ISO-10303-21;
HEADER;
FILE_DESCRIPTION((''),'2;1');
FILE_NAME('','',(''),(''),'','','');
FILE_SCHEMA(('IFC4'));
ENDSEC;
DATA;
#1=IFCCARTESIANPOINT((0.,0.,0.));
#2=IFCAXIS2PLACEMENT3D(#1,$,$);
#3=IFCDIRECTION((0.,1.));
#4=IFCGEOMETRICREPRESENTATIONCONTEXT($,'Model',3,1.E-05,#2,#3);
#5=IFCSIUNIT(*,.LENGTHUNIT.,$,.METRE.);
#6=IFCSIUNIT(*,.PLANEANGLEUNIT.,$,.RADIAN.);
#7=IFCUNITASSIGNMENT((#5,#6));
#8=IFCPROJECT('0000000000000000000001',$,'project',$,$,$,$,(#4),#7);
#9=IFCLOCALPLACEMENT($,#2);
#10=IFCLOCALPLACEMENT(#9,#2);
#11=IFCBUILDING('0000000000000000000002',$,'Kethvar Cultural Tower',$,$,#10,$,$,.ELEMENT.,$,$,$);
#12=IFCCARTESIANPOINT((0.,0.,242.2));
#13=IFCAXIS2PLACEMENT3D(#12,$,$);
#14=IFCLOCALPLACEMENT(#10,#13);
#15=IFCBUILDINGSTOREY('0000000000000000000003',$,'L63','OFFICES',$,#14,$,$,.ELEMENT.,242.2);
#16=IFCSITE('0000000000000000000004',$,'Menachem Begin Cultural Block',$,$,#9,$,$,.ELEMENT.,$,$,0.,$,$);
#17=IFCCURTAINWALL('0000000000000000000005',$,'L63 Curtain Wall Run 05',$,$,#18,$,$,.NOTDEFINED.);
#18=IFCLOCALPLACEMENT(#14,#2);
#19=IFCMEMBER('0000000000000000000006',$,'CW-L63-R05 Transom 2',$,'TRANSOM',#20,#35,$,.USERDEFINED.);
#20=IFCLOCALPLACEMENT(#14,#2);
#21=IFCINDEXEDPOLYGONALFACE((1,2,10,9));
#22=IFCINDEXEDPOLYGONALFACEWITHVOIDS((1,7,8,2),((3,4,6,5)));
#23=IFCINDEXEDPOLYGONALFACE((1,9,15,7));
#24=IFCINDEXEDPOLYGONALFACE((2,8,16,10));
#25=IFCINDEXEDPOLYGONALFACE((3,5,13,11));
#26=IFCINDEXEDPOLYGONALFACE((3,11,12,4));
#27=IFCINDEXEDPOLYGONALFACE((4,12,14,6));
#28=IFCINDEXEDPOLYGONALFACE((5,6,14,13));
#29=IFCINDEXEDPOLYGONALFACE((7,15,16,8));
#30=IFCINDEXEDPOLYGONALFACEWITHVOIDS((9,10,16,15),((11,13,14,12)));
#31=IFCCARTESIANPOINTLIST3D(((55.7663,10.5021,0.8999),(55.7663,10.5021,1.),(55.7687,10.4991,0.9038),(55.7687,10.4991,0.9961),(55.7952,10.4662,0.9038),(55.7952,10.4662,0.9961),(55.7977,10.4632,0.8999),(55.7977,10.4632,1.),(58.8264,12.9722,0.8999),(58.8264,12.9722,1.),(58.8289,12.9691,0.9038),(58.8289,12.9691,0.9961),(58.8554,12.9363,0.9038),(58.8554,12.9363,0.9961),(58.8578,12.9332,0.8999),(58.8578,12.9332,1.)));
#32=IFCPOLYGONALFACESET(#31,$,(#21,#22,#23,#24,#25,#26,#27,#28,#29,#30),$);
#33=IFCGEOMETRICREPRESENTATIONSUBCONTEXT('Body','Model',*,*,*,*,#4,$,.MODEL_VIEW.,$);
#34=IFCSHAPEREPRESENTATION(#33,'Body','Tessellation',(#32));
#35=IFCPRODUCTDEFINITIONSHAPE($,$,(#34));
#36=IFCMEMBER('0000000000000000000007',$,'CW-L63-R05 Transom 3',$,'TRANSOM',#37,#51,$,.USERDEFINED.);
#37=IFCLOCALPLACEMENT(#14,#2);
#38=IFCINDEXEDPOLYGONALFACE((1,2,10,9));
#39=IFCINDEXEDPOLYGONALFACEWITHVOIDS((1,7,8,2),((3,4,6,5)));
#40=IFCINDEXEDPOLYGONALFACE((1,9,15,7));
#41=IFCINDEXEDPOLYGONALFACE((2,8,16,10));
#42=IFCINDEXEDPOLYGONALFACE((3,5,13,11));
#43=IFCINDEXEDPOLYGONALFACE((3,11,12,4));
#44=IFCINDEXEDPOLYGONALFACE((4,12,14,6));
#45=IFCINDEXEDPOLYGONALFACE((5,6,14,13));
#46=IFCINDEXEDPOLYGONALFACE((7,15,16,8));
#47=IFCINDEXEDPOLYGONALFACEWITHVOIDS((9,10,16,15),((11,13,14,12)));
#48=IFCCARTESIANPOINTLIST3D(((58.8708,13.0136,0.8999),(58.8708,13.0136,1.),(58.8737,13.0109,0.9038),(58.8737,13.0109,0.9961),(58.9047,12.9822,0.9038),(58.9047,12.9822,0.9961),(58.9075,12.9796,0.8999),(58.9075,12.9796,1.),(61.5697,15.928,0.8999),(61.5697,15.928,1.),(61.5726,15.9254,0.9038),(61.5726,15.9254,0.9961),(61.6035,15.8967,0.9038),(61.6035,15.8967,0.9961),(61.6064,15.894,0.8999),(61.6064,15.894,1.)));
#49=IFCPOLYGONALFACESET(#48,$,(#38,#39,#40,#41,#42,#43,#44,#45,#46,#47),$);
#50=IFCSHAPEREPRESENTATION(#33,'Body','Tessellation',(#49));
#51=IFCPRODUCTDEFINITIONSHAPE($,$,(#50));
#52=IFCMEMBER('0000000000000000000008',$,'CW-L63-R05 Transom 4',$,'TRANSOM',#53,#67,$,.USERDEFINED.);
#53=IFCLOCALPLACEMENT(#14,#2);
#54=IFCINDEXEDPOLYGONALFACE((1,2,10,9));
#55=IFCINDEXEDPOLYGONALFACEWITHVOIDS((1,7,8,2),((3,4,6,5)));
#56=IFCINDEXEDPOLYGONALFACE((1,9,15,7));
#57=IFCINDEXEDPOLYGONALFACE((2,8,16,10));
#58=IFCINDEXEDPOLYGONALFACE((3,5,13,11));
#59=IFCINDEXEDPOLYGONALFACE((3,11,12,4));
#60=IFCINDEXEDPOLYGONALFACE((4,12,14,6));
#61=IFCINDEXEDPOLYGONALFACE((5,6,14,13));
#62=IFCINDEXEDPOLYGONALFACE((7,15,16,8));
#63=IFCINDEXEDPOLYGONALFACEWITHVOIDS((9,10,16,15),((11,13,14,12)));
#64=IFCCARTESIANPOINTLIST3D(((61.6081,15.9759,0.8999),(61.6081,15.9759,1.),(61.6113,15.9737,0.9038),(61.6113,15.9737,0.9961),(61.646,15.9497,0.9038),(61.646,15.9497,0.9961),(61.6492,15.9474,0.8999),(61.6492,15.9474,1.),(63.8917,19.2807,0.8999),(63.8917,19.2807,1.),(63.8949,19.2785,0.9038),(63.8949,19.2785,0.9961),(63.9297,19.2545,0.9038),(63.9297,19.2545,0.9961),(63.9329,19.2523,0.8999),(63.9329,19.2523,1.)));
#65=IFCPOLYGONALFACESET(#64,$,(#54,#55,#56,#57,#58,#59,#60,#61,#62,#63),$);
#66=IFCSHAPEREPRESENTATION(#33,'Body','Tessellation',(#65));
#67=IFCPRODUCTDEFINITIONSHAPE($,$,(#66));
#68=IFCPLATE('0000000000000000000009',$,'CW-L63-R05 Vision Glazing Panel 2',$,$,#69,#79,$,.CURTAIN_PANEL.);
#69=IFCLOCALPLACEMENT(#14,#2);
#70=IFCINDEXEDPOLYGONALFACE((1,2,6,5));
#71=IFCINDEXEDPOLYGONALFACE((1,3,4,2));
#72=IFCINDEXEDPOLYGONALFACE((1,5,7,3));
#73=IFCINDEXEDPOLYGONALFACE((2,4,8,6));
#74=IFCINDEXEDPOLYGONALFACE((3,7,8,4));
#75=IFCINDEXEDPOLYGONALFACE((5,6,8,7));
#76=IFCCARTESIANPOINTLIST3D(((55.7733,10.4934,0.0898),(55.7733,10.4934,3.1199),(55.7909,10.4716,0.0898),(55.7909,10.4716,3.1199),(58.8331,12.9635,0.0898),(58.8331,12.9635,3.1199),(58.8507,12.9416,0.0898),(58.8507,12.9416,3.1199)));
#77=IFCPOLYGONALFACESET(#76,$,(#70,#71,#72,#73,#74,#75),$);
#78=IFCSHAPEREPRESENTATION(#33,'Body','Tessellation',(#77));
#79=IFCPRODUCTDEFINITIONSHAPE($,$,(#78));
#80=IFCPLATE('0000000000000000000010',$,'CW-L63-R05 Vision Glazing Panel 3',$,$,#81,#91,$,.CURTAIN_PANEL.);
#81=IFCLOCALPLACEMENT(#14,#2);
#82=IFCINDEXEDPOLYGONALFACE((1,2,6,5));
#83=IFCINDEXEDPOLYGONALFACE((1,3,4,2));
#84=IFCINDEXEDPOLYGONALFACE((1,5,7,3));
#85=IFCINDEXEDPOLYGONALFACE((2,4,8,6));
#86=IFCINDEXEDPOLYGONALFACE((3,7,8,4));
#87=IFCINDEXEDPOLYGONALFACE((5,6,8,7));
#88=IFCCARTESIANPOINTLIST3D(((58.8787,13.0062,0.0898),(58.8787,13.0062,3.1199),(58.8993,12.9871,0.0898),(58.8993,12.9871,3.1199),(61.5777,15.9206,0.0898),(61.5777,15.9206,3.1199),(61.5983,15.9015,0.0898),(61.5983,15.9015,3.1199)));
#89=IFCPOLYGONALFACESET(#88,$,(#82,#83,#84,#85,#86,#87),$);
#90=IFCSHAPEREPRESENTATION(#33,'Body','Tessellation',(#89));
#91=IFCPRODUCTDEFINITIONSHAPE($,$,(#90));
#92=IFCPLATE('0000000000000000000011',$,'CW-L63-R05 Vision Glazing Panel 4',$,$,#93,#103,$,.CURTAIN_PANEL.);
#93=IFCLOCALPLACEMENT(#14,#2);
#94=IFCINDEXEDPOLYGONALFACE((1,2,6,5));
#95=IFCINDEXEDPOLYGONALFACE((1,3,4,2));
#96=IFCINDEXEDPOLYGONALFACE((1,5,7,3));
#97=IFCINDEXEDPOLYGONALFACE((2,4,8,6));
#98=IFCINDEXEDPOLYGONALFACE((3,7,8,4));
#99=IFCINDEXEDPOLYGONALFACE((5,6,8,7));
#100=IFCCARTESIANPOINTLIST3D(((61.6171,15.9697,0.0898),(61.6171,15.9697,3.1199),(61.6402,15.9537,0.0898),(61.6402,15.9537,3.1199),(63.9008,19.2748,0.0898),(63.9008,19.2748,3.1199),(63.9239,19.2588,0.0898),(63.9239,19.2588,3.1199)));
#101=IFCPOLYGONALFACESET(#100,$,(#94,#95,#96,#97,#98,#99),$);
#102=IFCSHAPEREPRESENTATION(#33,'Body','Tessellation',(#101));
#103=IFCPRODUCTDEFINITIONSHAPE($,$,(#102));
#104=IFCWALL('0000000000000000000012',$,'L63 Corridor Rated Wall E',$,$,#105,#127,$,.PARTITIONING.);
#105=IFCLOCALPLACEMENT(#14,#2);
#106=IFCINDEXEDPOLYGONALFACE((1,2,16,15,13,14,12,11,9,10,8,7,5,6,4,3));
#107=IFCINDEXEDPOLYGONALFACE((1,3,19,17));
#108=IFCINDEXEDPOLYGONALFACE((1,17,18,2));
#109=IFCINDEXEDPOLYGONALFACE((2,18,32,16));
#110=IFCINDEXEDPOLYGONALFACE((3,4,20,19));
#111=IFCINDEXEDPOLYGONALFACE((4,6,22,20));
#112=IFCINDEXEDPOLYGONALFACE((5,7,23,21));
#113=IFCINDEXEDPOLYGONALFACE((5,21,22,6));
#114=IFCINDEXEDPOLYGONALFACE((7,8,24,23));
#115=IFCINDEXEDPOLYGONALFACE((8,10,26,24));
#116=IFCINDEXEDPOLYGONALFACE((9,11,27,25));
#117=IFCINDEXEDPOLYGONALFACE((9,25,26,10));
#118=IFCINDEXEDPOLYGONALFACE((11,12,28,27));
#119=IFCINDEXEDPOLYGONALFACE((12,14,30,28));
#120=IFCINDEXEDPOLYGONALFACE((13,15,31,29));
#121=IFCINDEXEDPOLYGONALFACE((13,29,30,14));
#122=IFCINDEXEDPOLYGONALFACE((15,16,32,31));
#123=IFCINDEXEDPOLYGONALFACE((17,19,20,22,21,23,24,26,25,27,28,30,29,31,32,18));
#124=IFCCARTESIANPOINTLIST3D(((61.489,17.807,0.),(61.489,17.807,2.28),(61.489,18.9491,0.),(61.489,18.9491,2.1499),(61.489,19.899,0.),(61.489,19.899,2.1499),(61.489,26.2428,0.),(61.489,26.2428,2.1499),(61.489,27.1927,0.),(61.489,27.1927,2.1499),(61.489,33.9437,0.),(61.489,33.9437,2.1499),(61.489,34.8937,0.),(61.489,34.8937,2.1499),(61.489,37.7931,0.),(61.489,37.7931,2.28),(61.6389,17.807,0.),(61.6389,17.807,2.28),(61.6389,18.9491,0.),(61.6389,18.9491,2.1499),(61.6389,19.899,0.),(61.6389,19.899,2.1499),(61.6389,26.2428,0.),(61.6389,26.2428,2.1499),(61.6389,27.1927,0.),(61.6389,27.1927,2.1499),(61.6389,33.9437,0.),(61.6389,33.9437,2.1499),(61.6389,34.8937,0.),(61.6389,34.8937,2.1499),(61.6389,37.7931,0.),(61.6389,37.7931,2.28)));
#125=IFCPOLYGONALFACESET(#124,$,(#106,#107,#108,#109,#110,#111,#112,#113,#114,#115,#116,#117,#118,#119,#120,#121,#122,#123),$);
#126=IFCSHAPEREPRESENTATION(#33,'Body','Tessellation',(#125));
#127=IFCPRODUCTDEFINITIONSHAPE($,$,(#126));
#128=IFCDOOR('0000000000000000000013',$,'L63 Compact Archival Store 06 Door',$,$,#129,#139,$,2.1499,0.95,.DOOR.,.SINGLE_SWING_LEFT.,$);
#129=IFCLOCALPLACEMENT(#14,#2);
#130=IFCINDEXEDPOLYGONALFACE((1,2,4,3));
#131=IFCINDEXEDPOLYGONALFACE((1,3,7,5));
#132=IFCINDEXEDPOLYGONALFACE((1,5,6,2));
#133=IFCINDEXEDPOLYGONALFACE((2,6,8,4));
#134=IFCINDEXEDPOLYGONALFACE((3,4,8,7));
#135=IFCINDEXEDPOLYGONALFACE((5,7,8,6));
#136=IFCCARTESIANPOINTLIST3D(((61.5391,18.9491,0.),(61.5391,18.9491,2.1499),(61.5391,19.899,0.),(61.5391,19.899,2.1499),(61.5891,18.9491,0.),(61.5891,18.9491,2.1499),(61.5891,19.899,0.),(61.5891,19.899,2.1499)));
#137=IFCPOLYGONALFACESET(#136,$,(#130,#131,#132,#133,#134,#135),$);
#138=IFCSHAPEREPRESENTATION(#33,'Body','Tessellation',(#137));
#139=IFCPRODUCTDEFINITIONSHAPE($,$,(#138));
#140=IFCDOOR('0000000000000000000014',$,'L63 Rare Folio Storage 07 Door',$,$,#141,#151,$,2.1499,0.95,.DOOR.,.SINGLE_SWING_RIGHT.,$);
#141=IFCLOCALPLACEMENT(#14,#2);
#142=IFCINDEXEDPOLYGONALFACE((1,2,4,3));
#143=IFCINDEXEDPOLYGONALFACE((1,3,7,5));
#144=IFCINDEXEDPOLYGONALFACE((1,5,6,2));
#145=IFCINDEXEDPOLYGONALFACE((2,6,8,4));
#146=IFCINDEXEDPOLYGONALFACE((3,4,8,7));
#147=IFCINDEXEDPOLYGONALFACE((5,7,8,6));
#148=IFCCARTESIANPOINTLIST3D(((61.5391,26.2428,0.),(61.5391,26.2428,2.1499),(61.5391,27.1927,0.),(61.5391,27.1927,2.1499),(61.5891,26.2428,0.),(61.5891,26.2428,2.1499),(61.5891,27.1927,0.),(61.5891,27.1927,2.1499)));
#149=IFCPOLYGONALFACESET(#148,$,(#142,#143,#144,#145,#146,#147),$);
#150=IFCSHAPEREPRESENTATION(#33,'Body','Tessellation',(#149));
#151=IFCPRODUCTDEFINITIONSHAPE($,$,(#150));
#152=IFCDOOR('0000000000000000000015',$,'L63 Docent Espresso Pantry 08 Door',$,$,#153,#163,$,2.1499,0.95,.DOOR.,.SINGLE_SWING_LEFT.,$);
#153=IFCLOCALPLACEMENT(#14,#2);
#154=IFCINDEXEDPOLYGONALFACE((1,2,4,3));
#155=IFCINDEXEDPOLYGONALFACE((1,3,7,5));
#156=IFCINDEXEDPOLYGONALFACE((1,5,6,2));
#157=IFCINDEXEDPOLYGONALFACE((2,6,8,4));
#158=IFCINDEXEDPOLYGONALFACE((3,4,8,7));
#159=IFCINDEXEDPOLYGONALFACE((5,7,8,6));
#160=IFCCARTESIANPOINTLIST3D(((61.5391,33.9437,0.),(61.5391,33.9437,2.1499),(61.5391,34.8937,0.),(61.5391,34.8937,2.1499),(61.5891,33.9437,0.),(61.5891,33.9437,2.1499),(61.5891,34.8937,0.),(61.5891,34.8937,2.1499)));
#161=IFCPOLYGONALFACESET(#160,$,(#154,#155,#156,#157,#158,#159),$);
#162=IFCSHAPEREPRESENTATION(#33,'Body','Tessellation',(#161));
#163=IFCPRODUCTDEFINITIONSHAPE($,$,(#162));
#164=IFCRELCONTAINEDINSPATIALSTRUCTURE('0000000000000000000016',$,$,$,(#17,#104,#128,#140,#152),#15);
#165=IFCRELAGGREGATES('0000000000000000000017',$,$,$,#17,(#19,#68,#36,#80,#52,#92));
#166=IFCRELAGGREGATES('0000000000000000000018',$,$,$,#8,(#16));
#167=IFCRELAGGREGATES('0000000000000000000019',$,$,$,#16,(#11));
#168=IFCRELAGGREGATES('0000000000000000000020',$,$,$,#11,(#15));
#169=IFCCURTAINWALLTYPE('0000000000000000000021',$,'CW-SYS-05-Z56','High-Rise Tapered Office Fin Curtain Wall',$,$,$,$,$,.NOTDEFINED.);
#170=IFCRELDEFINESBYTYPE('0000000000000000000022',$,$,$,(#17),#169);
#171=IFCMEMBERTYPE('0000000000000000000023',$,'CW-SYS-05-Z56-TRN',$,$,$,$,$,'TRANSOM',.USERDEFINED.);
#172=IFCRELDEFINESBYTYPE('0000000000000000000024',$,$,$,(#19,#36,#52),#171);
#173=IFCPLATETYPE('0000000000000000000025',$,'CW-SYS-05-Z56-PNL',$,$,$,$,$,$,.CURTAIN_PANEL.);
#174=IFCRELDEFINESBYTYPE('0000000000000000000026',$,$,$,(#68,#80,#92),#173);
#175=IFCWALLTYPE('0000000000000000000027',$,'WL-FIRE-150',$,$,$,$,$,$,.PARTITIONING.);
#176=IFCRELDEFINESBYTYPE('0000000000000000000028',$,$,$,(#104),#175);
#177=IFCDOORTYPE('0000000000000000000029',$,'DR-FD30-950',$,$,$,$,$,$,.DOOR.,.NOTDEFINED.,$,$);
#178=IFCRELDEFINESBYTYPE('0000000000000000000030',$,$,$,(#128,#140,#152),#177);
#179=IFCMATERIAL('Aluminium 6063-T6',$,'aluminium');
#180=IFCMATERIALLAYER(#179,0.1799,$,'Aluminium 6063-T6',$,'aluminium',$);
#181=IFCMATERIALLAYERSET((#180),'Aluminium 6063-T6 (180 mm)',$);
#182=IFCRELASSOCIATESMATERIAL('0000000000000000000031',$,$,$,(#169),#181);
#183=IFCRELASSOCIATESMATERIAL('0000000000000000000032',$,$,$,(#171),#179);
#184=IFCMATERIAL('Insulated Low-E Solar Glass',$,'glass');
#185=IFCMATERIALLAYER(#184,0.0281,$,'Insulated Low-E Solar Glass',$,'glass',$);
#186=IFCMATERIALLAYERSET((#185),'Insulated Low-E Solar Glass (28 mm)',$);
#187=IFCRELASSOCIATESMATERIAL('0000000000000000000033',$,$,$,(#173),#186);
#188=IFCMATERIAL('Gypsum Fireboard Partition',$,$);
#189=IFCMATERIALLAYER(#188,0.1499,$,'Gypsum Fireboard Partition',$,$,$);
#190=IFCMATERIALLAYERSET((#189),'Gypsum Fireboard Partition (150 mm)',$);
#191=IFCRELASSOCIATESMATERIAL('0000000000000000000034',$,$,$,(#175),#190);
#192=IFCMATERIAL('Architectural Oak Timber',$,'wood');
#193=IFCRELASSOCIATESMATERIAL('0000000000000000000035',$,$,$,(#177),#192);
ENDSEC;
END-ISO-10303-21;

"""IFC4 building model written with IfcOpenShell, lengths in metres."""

from ifc_helpers import new_model, si_unit, direction, frame, frame_2d, origin, origin_2d, place, context, subcontext, project, spatial, rectangle, hollow_rectangle, extrude, source, transform, mapped, material, layer, layer_set, material_profile, profile_set, type_object, element, fill, aggregate, save


model = new_model("IFC4")

# Units and contexts
model_context = context("Model", 3, precision=1e-05, world=origin(), true_north=direction((0.0, 1.0)))
body_context = subcontext(model_context, "Body", "Model", "MODEL_VIEW")
ifc_project = project(units=[si_unit("LENGTHUNIT", "METRE"), si_unit("PLANEANGLEUNIT", "RADIAN")], contexts=[model_context])

# Site, building, storey
site_placement = place(None, origin())
site = spatial("IfcSite", under=ifc_project, at=site_placement, Name="Menachem Begin Cultural Block", CompositionType="ELEMENT", RefElevation=0.0)
building_placement = place(site_placement, origin())
building = spatial("IfcBuilding", under=site, at=building_placement, Name="Kethvar Cultural Tower", CompositionType="ELEMENT")
storey_placement = place(building_placement, frame((0.0, 0.0, 242.2)))
storey = spatial("IfcBuildingStorey", under=building, at=storey_placement, Name="L63", Description="OFFICES", CompositionType="ELEMENT", Elevation=242.2)

# Curtain wall, members, plates
ifc_material_1 = material(Name="Aluminium 6063-T6", Category="aluminium")
ifc_layer_1 = layer(ifc_material_1, 0.1799, Name="Aluminium 6063-T6", Category="aluminium")
ifc_layer_set_1 = layer_set([ifc_layer_1], Name="Aluminium 6063-T6 (180 mm)")
curtain_wall_type = type_object("IfcCurtainWallType", Name="CW-SYS-05-Z56", Description="High-Rise Tapered Office Fin Curtain Wall", PredefinedType="NOTDEFINED", material=ifc_layer_set_1)
curtain_wall_placement = place(storey_placement, origin())
curtain_wall = element("IfcCurtainWall", 1, at=curtain_wall_placement, inside=storey, type_object=curtain_wall_type, Name="L63 Curtain Wall Run 05", PredefinedType="NOTDEFINED")
ifc_material_profile_1 = material_profile(ifc_material_1, hollow_rectangle(XDim=0.05, YDim=0.1001, WallThickness=0.0039, at=origin_2d()), Name="Aluminium 6063-T6 — RHS100x50x4")
ifc_profile_set_1 = profile_set([ifc_material_profile_1], Name="Aluminium 6063-T6 — RHS100x50x4")
member_type_1 = type_object("IfcMemberType", Name="CW-SYS-05-Z56-TRN", ElementType="TRANSOM", PredefinedType="USERDEFINED", material=ifc_profile_set_1)
shared_shape_1 = source(origin(), body_context, "Body", "SweptSolid", [
    extrude(hollow_rectangle(XDim=0.05, YDim=0.1001, WallThickness=0.0039, at=origin_2d()), origin(), (0.0, 0.0, 1.0), 3.9326),
])
member_1_placement = place(storey_placement, frame((55.782, 10.4827, 0.95), z_axis=(0.778142, 0.628089, 0.0), x_axis=(-0.628089, 0.778142, 0.0)))
member_1 = element("IfcMember", 2, at=member_1_placement, type_object=member_type_1, Name="CW-L63-R05 Transom 2", ObjectType="TRANSOM", PredefinedType="USERDEFINED", context=body_context, shape_type="MappedRepresentation", body=[
    mapped(shared_shape_1, transform((0.0, 0.0, 0.0), scale=1.0)),
])
shared_shape_2 = source(origin(), body_context, "Body", "SweptSolid", [
    extrude(hollow_rectangle(XDim=0.05, YDim=0.1001, WallThickness=0.0039, at=origin_2d()), origin(), (0.0, 0.0, 1.0), 3.9722),
])
member_2_placement = place(storey_placement, frame((58.8892, 12.9966, 0.95), z_axis=(0.679451, 0.733721, 0.0), x_axis=(-0.733721, 0.679451, 0.0)))
member_2 = element("IfcMember", 3, at=member_2_placement, type_object=member_type_1, Name="CW-L63-R05 Transom 3", ObjectType="TRANSOM", PredefinedType="USERDEFINED", context=body_context, shape_type="MappedRepresentation", body=[
    mapped(shared_shape_2, transform((0.0, 0.0, 0.0), scale=1.0)),
])
shared_shape_3 = source(origin(), body_context, "Body", "SweptSolid", [
    extrude(hollow_rectangle(XDim=0.05, YDim=0.1001, WallThickness=0.0039, at=origin_2d()), origin(), (0.0, 0.0, 1.0), 4.0171),
])
member_3_placement = place(storey_placement, frame((61.6287, 15.9617, 0.95), z_axis=(0.56848, 0.822697, 0.0), x_axis=(-0.822697, 0.56848, 0.0)))
member_3 = element("IfcMember", 4, at=member_3_placement, type_object=member_type_1, Name="CW-L63-R05 Transom 4", ObjectType="TRANSOM", PredefinedType="USERDEFINED", context=body_context, shape_type="MappedRepresentation", body=[
    mapped(shared_shape_3, transform((0.0, 0.0, 0.0), scale=1.0)),
])
ifc_material_2 = material(Name="Insulated Low-E Solar Glass", Category="glass")
ifc_layer_2 = layer(ifc_material_2, 0.0281, Name="Insulated Low-E Solar Glass", Category="glass")
ifc_layer_set_2 = layer_set([ifc_layer_2], Name="Insulated Low-E Solar Glass (28 mm)")
plate_type = type_object("IfcPlateType", Name="CW-SYS-05-Z56-PNL", PredefinedType="CURTAIN_PANEL", material=ifc_layer_set_2)
shared_shape_4 = source(origin(), body_context, "Body", "SweptSolid", [
    extrude(rectangle(XDim=3.9324, YDim=0.0281, at=origin_2d()), origin(), (0.0, 0.0, 1.0), 3.03),
])
plate_1_placement = place(storey_placement, frame((57.312, 11.7175, 0.0898), z_axis=(0.0, 0.0, 1.0), x_axis=(0.778112, 0.628126, 0.0)))
plate_1 = element("IfcPlate", 5, at=plate_1_placement, type_object=plate_type, Name="CW-L63-R05 Vision Glazing Panel 2", PredefinedType="CURTAIN_PANEL", context=body_context, shape_type="MappedRepresentation", body=[
    mapped(shared_shape_4, transform((0.0, 0.0, 0.0), scale=1.0)),
])
shared_shape_5 = source(origin(), body_context, "Body", "SweptSolid", [
    extrude(rectangle(XDim=3.9722, YDim=0.0281, at=origin_2d()), origin(), (0.0, 0.0, 1.0), 3.03),
])
plate_2_placement = place(storey_placement, frame((60.2385, 14.4539, 0.0898), z_axis=(0.0, 0.0, 1.0), x_axis=(0.679467, 0.733706, 0.0)))
plate_2 = element("IfcPlate", 6, at=plate_2_placement, type_object=plate_type, Name="CW-L63-R05 Vision Glazing Panel 3", PredefinedType="CURTAIN_PANEL", context=body_context, shape_type="MappedRepresentation", body=[
    mapped(shared_shape_5, transform((0.0, 0.0, 0.0), scale=1.0)),
])
shared_shape_6 = source(origin(), body_context, "Body", "SweptSolid", [
    extrude(rectangle(XDim=4.0173, YDim=0.0281, at=origin_2d()), origin(), (0.0, 0.0, 1.0), 3.03),
])
plate_3_placement = place(storey_placement, frame((62.7705, 17.6143, 0.0898), z_axis=(0.0, 0.0, 1.0), x_axis=(0.568461, 0.82271, 0.0)))
plate_3 = element("IfcPlate", 7, at=plate_3_placement, type_object=plate_type, Name="CW-L63-R05 Vision Glazing Panel 4", PredefinedType="CURTAIN_PANEL", context=body_context, shape_type="MappedRepresentation", body=[
    mapped(shared_shape_6, transform((0.0, 0.0, 0.0), scale=1.0)),
])
aggregate(curtain_wall, [member_1, plate_1, member_2, plate_2, member_3, plate_3])

# Wall, openings, doors
ifc_material_3 = material(Name="Gypsum Fireboard Partition")
ifc_layer_3 = layer(ifc_material_3, 0.1499, Name="Gypsum Fireboard Partition")
ifc_layer_set_3 = layer_set([ifc_layer_3], Name="Gypsum Fireboard Partition (150 mm)")
wall_type_1 = type_object("IfcWallType", Name="WL-FIRE-150", PredefinedType="PARTITIONING", material=ifc_layer_set_3)
wall_1_placement = place(storey_placement, frame((61.564, 17.8069, 0.0), z_axis=(0.0, 0.0, 1.0), x_axis=(0.0, 1.0, 0.0)))
wall_1 = element("IfcWall", 8, at=wall_1_placement, inside=storey, type_object=wall_type_1, Name="L63 Corridor Rated Wall E", PredefinedType="PARTITIONING", context=body_context, shape_type="SweptSolid", body=[
    extrude(rectangle(XDim=19.9861, YDim=0.1499, at=frame_2d((9.9932, 0.0))), origin(), (0.0, 0.0, 1.0), 2.28),
])
opening_1_placement = place(wall_1_placement, frame((1.1421, 0.0, 0.0)))
opening_1 = element("IfcOpeningElement", 9, at=opening_1_placement, cuts=wall_1, PredefinedType="OPENING", context=body_context, shape_type="SweptSolid", body=[
    extrude(rectangle(XDim=0.95, YDim=2.1499, at=frame_2d((0.4751, 1.075))), frame((0.0, 0.085, 0.0), z_axis=(0.0, -1.0, 0.0), x_axis=(1.0, 0.0, 0.0)), (0.0, 0.0, 1.0), 0.1699),
])
opening_2_placement = place(wall_1_placement, frame((8.4358, 0.0, 0.0)))
opening_2 = element("IfcOpeningElement", 10, at=opening_2_placement, cuts=wall_1, PredefinedType="OPENING", context=body_context, shape_type="SweptSolid", body=[
    extrude(rectangle(XDim=0.95, YDim=2.1499, at=frame_2d((0.4751, 1.075))), frame((0.0, 0.085, 0.0), z_axis=(0.0, -1.0, 0.0), x_axis=(1.0, 0.0, 0.0)), (0.0, 0.0, 1.0), 0.1699),
])
opening_3_placement = place(wall_1_placement, frame((16.1367, 0.0, 0.0)))
opening_3 = element("IfcOpeningElement", 11, at=opening_3_placement, cuts=wall_1, PredefinedType="OPENING", context=body_context, shape_type="SweptSolid", body=[
    extrude(rectangle(XDim=0.95, YDim=2.1499, at=frame_2d((0.4751, 1.075))), frame((0.0, 0.085, 0.0), z_axis=(0.0, -1.0, 0.0), x_axis=(1.0, 0.0, 0.0)), (0.0, 0.0, 1.0), 0.1699),
])
ifc_material_4 = material(Name="Architectural Oak Timber", Category="wood")
door_type = type_object("IfcDoorType", Name="DR-FD30-950", OperationType="NOTDEFINED", PredefinedType="DOOR", material=ifc_material_4)
shared_shape_7 = source(origin(), body_context, "Body", "SweptSolid", [
    extrude(rectangle(XDim=0.95, YDim=2.1499, at=frame_2d((0.4751, 1.075))), frame((0.0, 0.0249, 0.0), z_axis=(0.0, -1.0, 0.0), x_axis=(1.0, 0.0, 0.0)), (0.0, 0.0, 1.0), 0.05),
])
door_1_placement = place(opening_1_placement, origin())
door_1 = element("IfcDoor", 12, at=door_1_placement, inside=storey, type_object=door_type, Name="L63 Compact Archival Store 06 Door", OperationType="SINGLE_SWING_LEFT", OverallHeight=2.1499, OverallWidth=0.95, PredefinedType="DOOR", context=body_context, shape_type="MappedRepresentation", body=[
    mapped(shared_shape_7, transform((0.0, 0.0, 0.0), scale=1.0)),
])
fill(opening_1, door_1)
door_2_placement = place(opening_2_placement, origin())
door_2 = element("IfcDoor", 13, at=door_2_placement, inside=storey, type_object=door_type, Name="L63 Rare Folio Storage 07 Door", OperationType="SINGLE_SWING_RIGHT", OverallHeight=2.1499, OverallWidth=0.95, PredefinedType="DOOR", context=body_context, shape_type="MappedRepresentation", body=[
    mapped(shared_shape_7, transform((0.0, 0.0, 0.0), scale=1.0)),
])
fill(opening_2, door_2)
door_3_placement = place(opening_3_placement, origin())
door_3 = element("IfcDoor", 14, at=door_3_placement, inside=storey, type_object=door_type, Name="L63 Docent Espresso Pantry 08 Door", OperationType="SINGLE_SWING_LEFT", OverallHeight=2.1499, OverallWidth=0.95, PredefinedType="DOOR", context=body_context, shape_type="MappedRepresentation", body=[
    mapped(shared_shape_7, transform((0.0, 0.0, 0.0), scale=1.0)),
])
fill(opening_3, door_3)

save(model, "model.ifc")
